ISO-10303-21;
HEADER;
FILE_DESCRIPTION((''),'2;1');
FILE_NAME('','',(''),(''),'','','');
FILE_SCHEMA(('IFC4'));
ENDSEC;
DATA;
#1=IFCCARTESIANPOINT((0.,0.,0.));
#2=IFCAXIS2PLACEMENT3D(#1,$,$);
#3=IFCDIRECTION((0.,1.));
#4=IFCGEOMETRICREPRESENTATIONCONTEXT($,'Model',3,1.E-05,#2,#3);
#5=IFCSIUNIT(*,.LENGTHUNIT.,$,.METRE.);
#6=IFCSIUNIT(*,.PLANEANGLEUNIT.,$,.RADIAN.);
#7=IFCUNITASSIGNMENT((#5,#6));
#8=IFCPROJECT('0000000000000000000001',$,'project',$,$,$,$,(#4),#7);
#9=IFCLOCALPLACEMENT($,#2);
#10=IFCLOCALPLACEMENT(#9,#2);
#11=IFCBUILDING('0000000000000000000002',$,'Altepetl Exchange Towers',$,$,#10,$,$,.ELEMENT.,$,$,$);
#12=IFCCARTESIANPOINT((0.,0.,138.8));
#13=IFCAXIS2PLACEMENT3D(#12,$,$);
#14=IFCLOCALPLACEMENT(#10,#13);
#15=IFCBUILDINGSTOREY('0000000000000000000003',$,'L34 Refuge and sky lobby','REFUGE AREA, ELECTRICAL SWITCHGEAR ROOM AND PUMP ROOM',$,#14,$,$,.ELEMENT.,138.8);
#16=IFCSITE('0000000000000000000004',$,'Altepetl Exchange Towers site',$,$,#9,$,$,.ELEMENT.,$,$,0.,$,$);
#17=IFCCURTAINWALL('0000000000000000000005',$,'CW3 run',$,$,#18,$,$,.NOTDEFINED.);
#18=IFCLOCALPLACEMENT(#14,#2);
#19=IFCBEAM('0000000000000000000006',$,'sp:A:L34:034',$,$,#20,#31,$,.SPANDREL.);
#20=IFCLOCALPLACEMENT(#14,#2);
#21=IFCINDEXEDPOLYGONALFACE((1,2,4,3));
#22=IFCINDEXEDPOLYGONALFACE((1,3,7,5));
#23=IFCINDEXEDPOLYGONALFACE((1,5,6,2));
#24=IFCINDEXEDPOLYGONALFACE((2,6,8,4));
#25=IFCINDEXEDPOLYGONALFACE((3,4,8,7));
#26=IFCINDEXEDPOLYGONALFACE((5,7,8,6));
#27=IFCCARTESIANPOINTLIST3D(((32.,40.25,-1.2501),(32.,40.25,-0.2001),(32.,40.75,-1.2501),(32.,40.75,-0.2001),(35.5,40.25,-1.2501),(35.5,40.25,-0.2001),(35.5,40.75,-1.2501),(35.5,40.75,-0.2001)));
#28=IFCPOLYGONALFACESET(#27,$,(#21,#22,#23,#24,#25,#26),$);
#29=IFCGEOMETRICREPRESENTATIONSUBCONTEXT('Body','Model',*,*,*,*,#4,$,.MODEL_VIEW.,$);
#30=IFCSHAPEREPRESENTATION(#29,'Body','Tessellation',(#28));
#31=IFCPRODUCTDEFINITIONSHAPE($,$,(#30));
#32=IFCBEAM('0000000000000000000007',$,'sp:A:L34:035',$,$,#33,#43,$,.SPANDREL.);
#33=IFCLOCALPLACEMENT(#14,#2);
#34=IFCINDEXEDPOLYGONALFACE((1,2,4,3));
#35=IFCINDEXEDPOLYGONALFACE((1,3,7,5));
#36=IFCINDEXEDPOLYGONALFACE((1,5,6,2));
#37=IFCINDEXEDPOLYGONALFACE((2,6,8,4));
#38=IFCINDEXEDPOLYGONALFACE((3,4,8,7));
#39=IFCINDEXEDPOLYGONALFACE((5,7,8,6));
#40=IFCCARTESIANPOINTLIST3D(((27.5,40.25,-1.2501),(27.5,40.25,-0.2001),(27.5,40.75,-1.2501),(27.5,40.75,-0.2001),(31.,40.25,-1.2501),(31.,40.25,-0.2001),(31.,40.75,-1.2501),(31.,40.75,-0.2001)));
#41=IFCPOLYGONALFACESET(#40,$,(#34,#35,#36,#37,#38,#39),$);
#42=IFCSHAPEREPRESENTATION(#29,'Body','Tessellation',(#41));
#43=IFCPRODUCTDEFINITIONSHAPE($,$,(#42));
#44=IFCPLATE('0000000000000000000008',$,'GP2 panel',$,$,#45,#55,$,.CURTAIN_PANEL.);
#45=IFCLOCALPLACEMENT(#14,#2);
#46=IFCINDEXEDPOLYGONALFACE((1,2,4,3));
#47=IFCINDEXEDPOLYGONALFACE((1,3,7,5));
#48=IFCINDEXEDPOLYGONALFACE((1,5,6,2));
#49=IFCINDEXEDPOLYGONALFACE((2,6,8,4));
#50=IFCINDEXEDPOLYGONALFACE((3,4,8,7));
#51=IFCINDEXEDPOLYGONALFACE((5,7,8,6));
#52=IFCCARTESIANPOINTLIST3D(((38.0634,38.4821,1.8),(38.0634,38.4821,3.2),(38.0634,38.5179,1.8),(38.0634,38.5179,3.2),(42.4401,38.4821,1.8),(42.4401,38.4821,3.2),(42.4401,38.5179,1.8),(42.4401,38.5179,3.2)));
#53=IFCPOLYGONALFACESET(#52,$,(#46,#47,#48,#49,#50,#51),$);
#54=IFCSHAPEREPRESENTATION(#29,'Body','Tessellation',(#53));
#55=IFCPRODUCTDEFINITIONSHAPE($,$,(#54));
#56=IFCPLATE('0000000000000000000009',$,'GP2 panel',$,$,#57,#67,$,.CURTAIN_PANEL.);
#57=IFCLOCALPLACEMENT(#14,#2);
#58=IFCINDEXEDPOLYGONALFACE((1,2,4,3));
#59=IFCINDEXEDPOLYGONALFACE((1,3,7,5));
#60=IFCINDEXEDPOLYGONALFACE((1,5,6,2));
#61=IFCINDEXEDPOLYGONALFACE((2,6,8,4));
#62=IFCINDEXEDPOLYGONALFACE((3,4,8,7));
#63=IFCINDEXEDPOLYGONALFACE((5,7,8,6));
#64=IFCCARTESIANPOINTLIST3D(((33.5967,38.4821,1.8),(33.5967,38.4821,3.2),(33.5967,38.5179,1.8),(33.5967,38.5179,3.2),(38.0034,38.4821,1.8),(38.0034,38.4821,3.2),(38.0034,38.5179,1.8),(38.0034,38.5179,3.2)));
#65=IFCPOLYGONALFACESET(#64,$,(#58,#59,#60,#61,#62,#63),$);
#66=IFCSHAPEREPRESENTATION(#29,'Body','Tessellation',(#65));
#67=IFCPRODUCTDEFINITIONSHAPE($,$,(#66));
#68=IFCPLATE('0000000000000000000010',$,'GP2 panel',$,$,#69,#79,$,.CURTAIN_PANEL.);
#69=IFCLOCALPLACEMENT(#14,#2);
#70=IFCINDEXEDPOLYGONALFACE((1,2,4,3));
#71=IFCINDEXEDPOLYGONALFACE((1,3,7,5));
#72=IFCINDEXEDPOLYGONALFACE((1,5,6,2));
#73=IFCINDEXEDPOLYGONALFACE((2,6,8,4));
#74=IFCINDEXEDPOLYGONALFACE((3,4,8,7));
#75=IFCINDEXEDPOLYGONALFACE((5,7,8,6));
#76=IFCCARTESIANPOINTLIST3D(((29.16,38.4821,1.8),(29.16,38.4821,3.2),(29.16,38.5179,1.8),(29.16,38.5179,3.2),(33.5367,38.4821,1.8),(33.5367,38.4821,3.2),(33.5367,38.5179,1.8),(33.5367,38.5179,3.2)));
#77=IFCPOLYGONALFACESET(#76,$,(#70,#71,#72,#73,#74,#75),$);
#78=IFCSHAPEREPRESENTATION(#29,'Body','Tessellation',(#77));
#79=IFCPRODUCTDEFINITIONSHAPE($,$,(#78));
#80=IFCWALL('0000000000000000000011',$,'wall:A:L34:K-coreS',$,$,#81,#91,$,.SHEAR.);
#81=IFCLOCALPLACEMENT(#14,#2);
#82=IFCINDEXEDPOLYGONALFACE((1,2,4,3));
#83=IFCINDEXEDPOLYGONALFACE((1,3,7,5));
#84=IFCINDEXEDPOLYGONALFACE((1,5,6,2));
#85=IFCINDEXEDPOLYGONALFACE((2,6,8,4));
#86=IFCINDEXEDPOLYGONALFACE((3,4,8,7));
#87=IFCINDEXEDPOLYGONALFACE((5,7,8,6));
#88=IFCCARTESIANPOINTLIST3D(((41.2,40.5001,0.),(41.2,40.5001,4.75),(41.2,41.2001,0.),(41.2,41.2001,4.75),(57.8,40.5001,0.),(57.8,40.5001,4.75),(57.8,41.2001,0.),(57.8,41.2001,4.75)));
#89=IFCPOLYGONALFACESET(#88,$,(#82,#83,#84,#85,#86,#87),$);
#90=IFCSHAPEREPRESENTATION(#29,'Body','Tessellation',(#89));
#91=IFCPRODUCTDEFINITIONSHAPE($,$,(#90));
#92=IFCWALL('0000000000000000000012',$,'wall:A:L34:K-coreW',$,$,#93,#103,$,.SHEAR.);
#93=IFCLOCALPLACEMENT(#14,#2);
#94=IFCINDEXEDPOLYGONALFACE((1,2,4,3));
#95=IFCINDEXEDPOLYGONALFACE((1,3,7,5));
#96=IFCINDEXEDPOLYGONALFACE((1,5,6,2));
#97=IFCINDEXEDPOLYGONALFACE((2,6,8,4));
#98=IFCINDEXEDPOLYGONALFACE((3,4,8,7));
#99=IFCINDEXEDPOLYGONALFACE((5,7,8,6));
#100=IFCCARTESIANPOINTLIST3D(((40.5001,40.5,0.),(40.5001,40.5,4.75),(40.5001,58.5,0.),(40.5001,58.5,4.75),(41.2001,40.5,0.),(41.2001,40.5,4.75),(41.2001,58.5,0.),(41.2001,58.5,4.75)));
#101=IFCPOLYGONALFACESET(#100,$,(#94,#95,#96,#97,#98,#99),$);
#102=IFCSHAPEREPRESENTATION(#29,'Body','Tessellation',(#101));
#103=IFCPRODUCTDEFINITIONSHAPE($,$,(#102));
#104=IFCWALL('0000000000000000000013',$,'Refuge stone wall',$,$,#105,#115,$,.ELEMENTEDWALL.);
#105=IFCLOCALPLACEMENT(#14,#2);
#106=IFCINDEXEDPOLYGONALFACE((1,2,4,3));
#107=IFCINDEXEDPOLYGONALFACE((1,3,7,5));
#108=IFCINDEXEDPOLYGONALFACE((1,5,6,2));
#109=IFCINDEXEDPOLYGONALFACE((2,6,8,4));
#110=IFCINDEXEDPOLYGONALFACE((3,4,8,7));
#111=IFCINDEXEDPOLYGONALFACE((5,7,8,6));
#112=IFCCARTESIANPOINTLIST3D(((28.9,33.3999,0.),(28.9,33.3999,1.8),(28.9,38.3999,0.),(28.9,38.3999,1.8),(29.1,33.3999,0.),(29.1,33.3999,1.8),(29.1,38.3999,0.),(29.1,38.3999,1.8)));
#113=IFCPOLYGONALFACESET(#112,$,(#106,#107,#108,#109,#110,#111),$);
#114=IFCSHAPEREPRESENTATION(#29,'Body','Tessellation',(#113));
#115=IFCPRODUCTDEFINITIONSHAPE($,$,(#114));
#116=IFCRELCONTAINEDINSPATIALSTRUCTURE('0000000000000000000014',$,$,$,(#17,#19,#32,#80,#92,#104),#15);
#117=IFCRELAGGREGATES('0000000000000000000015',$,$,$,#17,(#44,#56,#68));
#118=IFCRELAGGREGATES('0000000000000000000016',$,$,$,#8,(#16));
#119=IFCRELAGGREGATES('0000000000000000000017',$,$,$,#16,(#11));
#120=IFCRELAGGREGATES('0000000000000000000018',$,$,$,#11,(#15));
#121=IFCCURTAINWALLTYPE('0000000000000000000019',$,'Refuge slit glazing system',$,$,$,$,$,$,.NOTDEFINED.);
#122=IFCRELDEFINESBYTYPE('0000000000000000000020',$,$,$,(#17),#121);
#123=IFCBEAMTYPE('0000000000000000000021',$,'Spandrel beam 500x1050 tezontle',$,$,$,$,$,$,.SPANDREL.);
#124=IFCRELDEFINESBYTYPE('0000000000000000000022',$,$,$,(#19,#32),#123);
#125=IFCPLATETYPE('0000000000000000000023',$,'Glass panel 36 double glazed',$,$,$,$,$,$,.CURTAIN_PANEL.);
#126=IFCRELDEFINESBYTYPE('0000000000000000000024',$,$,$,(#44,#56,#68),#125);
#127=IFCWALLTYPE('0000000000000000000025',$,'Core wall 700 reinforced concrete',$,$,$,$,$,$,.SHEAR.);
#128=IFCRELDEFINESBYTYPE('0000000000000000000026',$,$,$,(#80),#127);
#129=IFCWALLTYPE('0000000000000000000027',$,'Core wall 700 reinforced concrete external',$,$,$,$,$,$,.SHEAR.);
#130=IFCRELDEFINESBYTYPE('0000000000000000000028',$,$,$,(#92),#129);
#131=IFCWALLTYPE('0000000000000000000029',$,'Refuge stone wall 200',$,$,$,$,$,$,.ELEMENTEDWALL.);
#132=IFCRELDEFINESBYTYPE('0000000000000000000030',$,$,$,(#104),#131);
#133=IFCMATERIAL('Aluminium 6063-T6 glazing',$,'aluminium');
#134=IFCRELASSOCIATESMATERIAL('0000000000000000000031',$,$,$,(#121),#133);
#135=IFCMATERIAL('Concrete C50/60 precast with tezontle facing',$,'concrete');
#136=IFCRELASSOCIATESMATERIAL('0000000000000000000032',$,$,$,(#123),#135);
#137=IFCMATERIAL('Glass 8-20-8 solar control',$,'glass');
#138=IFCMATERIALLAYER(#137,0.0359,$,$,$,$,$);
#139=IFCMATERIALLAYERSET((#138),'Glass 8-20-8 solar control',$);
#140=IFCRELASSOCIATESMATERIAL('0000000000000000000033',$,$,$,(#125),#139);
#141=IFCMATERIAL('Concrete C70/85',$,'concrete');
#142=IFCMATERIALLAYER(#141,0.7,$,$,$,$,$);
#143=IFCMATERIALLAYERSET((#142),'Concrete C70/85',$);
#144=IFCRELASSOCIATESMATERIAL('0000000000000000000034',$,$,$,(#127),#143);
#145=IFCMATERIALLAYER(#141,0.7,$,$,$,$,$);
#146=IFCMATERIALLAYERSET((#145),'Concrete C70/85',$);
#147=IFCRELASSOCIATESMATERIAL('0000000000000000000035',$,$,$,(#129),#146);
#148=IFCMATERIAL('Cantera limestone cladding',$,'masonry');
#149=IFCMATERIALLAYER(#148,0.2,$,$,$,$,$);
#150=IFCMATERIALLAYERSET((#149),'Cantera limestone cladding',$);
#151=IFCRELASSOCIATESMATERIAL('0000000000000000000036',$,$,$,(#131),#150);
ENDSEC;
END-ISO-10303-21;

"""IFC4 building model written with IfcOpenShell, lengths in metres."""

from ifc_helpers import new_model, si_unit, direction, frame, frame_2d, origin, origin_2d, place, context, subcontext, project, spatial, rectangle, extrude, material, layer, layer_set, material_profile, profile_set, type_object, element, aggregate, save


model = new_model("IFC4")

# Units and contexts
model_context = context("Model", 3, precision=1e-05, world=origin(), true_north=direction((0.0, 1.0)))
body_context = subcontext(model_context, "Body", "Model", "MODEL_VIEW")
ifc_project = project(units=[si_unit("LENGTHUNIT", "METRE"), si_unit("PLANEANGLEUNIT", "RADIAN")], contexts=[model_context])

# Site, building, storey
site_placement = place(None, origin())
site = spatial("IfcSite", under=ifc_project, at=site_placement, Name="Altepetl Exchange Towers site", CompositionType="ELEMENT", RefElevation=0.0)
building_placement = place(site_placement, origin())
building = spatial("IfcBuilding", under=site, at=building_placement, Name="Altepetl Exchange Towers", CompositionType="ELEMENT")
storey_placement = place(building_placement, frame((0.0, 0.0, 138.8)))
storey = spatial("IfcBuildingStorey", under=building, at=storey_placement, Name="L34 Refuge and sky lobby", Description="REFUGE AREA, ELECTRICAL SWITCHGEAR ROOM AND PUMP ROOM", CompositionType="ELEMENT", Elevation=138.8)

# Curtain wall
ifc_material_1 = material(Name="Aluminium 6063-T6 glazing", Category="aluminium")
curtain_wall_type = type_object("IfcCurtainWallType", Name="Refuge slit glazing system", PredefinedType="NOTDEFINED", material=ifc_material_1)
curtain_wall_1_placement = place(storey_placement, origin())
curtain_wall_1 = element("IfcCurtainWall", 1, at=curtain_wall_1_placement, inside=storey, type_object=curtain_wall_type, Name="CW3 run", PredefinedType="NOTDEFINED")

# Beams
ifc_material_2 = material(Name="Concrete C50/60 precast with tezontle facing", Category="concrete")
ifc_material_profile_1 = material_profile(ifc_material_2, rectangle(XDim=0.5, YDim=1.05, at=origin_2d()), Name="500 x 1050")
ifc_profile_set_1 = profile_set([ifc_material_profile_1], Name="Concrete C50/60 precast with tezontle facing")
beam_type_1 = type_object("IfcBeamType", Name="Spandrel beam 500x1050 tezontle", PredefinedType="SPANDREL", material=ifc_profile_set_1)
for number, where, z_axis, x_axis, name in (
    (2, (35.5, 40.5, -0.7251), (-1.0, 0.0, 0.0), (0.0, -1.0, 0.0), "sp:A:L34:034"),
    (3, (31.0, 40.5, -0.7251), (-1.0, 0.0, 0.0), (0.0, -1.0, 0.0), "sp:A:L34:035"),
):
    element("IfcBeam", number, at=place(storey_placement, frame(where, z_axis=z_axis, x_axis=x_axis)), inside=storey, type_object=beam_type_1, Name=name, PredefinedType="SPANDREL", context=body_context, shape_type="SweptSolid", body=[
        extrude(rectangle(XDim=0.5, YDim=1.05, at=origin_2d()), origin(), (0.0, 0.0, 1.0), 3.5),
    ])

# Plates
ifc_material_3 = material(Name="Glass 8-20-8 solar control", Category="glass")
ifc_layer_1 = layer(ifc_material_3, 0.0359)
ifc_layer_set_1 = layer_set([ifc_layer_1], Name="Glass 8-20-8 solar control")
plate_type = type_object("IfcPlateType", Name="Glass panel 36 double glazed", PredefinedType="CURTAIN_PANEL", material=ifc_layer_set_1)
plate_1_placement = place(storey_placement, frame((40.2517, 38.5, 1.8), z_axis=(0.0, 0.0, 1.0), x_axis=(-1.0, 0.0, 0.0)))
plate_1 = element("IfcPlate", 4, at=plate_1_placement, type_object=plate_type, Name="GP2 panel", PredefinedType="CURTAIN_PANEL", context=body_context, shape_type="SweptSolid", body=[
    extrude(rectangle(XDim=4.3767, YDim=0.0359, at=origin_2d()), origin(), (0.0, 0.0, 1.0), 1.3999),
])
plate_2_placement = place(storey_placement, frame((35.8, 38.5, 1.8), z_axis=(0.0, 0.0, 1.0), x_axis=(-1.0, 0.0, 0.0)))
plate_2 = element("IfcPlate", 5, at=plate_2_placement, type_object=plate_type, Name="GP2 panel", PredefinedType="CURTAIN_PANEL", context=body_context, shape_type="SweptSolid", body=[
    extrude(rectangle(XDim=4.4067, YDim=0.0359, at=origin_2d()), origin(), (0.0, 0.0, 1.0), 1.3999),
])
plate_3_placement = place(storey_placement, frame((31.3484, 38.5, 1.8), z_axis=(0.0, 0.0, 1.0), x_axis=(-1.0, 0.0, 0.0)))
plate_3 = element("IfcPlate", 6, at=plate_3_placement, type_object=plate_type, Name="GP2 panel", PredefinedType="CURTAIN_PANEL", context=body_context, shape_type="SweptSolid", body=[
    extrude(rectangle(XDim=4.3767, YDim=0.0359, at=origin_2d()), origin(), (0.0, 0.0, 1.0), 1.3999),
])
aggregate(curtain_wall_1, [plate_1, plate_2, plate_3])

# Walls
ifc_material_4 = material(Name="Concrete C70/85", Category="concrete")
ifc_layer_2 = layer(ifc_material_4, 0.7)
ifc_layer_set_2 = layer_set([ifc_layer_2], Name="Concrete C70/85")
wall_type_1 = type_object("IfcWallType", Name="Core wall 700 reinforced concrete", PredefinedType="SHEAR", material=ifc_layer_set_2)
wall_1_placement = place(storey_placement, frame((41.2, 40.8501, 0.0)))
element("IfcWall", 7, at=wall_1_placement, inside=storey, type_object=wall_type_1, Name="wall:A:L34:K-coreS", PredefinedType="SHEAR", context=body_context, shape_type="SweptSolid", body=[
    extrude(rectangle(XDim=16.6001, YDim=0.7, at=frame_2d((8.3, 0.0))), origin(), (0.0, 0.0, 1.0), 4.75),
])
ifc_layer_3 = layer(ifc_material_4, 0.7)
ifc_layer_set_3 = layer_set([ifc_layer_3], Name="Concrete C70/85")
wall_type_2 = type_object("IfcWallType", Name="Core wall 700 reinforced concrete external", PredefinedType="SHEAR", material=ifc_layer_set_3)
wall_2_placement = place(storey_placement, frame((40.8501, 40.5, 0.0), z_axis=(0.0, 0.0, 1.0), x_axis=(0.0, 1.0, 0.0)))
element("IfcWall", 8, at=wall_2_placement, inside=storey, type_object=wall_type_2, Name="wall:A:L34:K-coreW", PredefinedType="SHEAR", context=body_context, shape_type="SweptSolid", body=[
    extrude(rectangle(XDim=18.0, YDim=0.7, at=frame_2d((9.0, 0.0))), origin(), (0.0, 0.0, 1.0), 4.75),
])
ifc_material_5 = material(Name="Cantera limestone cladding", Category="masonry")
ifc_layer_4 = layer(ifc_material_5, 0.2)
ifc_layer_set_4 = layer_set([ifc_layer_4], Name="Cantera limestone cladding")
wall_type_3 = type_object("IfcWallType", Name="Refuge stone wall 200", PredefinedType="ELEMENTEDWALL", material=ifc_layer_set_4)
wall_3_placement = place(storey_placement, frame((29.0, 38.3999, 0.0), z_axis=(0.0, 0.0, 1.0), x_axis=(0.0, -1.0, 0.0)))
element("IfcWall", 9, at=wall_3_placement, inside=storey, type_object=wall_type_3, Name="Refuge stone wall", PredefinedType="ELEMENTEDWALL", context=body_context, shape_type="SweptSolid", body=[
    extrude(rectangle(XDim=5.0, YDim=0.2, at=frame_2d((2.5, 0.0))), origin(), (0.0, 0.0, 1.0), 1.8),
])

save(model, "model.ifc")
